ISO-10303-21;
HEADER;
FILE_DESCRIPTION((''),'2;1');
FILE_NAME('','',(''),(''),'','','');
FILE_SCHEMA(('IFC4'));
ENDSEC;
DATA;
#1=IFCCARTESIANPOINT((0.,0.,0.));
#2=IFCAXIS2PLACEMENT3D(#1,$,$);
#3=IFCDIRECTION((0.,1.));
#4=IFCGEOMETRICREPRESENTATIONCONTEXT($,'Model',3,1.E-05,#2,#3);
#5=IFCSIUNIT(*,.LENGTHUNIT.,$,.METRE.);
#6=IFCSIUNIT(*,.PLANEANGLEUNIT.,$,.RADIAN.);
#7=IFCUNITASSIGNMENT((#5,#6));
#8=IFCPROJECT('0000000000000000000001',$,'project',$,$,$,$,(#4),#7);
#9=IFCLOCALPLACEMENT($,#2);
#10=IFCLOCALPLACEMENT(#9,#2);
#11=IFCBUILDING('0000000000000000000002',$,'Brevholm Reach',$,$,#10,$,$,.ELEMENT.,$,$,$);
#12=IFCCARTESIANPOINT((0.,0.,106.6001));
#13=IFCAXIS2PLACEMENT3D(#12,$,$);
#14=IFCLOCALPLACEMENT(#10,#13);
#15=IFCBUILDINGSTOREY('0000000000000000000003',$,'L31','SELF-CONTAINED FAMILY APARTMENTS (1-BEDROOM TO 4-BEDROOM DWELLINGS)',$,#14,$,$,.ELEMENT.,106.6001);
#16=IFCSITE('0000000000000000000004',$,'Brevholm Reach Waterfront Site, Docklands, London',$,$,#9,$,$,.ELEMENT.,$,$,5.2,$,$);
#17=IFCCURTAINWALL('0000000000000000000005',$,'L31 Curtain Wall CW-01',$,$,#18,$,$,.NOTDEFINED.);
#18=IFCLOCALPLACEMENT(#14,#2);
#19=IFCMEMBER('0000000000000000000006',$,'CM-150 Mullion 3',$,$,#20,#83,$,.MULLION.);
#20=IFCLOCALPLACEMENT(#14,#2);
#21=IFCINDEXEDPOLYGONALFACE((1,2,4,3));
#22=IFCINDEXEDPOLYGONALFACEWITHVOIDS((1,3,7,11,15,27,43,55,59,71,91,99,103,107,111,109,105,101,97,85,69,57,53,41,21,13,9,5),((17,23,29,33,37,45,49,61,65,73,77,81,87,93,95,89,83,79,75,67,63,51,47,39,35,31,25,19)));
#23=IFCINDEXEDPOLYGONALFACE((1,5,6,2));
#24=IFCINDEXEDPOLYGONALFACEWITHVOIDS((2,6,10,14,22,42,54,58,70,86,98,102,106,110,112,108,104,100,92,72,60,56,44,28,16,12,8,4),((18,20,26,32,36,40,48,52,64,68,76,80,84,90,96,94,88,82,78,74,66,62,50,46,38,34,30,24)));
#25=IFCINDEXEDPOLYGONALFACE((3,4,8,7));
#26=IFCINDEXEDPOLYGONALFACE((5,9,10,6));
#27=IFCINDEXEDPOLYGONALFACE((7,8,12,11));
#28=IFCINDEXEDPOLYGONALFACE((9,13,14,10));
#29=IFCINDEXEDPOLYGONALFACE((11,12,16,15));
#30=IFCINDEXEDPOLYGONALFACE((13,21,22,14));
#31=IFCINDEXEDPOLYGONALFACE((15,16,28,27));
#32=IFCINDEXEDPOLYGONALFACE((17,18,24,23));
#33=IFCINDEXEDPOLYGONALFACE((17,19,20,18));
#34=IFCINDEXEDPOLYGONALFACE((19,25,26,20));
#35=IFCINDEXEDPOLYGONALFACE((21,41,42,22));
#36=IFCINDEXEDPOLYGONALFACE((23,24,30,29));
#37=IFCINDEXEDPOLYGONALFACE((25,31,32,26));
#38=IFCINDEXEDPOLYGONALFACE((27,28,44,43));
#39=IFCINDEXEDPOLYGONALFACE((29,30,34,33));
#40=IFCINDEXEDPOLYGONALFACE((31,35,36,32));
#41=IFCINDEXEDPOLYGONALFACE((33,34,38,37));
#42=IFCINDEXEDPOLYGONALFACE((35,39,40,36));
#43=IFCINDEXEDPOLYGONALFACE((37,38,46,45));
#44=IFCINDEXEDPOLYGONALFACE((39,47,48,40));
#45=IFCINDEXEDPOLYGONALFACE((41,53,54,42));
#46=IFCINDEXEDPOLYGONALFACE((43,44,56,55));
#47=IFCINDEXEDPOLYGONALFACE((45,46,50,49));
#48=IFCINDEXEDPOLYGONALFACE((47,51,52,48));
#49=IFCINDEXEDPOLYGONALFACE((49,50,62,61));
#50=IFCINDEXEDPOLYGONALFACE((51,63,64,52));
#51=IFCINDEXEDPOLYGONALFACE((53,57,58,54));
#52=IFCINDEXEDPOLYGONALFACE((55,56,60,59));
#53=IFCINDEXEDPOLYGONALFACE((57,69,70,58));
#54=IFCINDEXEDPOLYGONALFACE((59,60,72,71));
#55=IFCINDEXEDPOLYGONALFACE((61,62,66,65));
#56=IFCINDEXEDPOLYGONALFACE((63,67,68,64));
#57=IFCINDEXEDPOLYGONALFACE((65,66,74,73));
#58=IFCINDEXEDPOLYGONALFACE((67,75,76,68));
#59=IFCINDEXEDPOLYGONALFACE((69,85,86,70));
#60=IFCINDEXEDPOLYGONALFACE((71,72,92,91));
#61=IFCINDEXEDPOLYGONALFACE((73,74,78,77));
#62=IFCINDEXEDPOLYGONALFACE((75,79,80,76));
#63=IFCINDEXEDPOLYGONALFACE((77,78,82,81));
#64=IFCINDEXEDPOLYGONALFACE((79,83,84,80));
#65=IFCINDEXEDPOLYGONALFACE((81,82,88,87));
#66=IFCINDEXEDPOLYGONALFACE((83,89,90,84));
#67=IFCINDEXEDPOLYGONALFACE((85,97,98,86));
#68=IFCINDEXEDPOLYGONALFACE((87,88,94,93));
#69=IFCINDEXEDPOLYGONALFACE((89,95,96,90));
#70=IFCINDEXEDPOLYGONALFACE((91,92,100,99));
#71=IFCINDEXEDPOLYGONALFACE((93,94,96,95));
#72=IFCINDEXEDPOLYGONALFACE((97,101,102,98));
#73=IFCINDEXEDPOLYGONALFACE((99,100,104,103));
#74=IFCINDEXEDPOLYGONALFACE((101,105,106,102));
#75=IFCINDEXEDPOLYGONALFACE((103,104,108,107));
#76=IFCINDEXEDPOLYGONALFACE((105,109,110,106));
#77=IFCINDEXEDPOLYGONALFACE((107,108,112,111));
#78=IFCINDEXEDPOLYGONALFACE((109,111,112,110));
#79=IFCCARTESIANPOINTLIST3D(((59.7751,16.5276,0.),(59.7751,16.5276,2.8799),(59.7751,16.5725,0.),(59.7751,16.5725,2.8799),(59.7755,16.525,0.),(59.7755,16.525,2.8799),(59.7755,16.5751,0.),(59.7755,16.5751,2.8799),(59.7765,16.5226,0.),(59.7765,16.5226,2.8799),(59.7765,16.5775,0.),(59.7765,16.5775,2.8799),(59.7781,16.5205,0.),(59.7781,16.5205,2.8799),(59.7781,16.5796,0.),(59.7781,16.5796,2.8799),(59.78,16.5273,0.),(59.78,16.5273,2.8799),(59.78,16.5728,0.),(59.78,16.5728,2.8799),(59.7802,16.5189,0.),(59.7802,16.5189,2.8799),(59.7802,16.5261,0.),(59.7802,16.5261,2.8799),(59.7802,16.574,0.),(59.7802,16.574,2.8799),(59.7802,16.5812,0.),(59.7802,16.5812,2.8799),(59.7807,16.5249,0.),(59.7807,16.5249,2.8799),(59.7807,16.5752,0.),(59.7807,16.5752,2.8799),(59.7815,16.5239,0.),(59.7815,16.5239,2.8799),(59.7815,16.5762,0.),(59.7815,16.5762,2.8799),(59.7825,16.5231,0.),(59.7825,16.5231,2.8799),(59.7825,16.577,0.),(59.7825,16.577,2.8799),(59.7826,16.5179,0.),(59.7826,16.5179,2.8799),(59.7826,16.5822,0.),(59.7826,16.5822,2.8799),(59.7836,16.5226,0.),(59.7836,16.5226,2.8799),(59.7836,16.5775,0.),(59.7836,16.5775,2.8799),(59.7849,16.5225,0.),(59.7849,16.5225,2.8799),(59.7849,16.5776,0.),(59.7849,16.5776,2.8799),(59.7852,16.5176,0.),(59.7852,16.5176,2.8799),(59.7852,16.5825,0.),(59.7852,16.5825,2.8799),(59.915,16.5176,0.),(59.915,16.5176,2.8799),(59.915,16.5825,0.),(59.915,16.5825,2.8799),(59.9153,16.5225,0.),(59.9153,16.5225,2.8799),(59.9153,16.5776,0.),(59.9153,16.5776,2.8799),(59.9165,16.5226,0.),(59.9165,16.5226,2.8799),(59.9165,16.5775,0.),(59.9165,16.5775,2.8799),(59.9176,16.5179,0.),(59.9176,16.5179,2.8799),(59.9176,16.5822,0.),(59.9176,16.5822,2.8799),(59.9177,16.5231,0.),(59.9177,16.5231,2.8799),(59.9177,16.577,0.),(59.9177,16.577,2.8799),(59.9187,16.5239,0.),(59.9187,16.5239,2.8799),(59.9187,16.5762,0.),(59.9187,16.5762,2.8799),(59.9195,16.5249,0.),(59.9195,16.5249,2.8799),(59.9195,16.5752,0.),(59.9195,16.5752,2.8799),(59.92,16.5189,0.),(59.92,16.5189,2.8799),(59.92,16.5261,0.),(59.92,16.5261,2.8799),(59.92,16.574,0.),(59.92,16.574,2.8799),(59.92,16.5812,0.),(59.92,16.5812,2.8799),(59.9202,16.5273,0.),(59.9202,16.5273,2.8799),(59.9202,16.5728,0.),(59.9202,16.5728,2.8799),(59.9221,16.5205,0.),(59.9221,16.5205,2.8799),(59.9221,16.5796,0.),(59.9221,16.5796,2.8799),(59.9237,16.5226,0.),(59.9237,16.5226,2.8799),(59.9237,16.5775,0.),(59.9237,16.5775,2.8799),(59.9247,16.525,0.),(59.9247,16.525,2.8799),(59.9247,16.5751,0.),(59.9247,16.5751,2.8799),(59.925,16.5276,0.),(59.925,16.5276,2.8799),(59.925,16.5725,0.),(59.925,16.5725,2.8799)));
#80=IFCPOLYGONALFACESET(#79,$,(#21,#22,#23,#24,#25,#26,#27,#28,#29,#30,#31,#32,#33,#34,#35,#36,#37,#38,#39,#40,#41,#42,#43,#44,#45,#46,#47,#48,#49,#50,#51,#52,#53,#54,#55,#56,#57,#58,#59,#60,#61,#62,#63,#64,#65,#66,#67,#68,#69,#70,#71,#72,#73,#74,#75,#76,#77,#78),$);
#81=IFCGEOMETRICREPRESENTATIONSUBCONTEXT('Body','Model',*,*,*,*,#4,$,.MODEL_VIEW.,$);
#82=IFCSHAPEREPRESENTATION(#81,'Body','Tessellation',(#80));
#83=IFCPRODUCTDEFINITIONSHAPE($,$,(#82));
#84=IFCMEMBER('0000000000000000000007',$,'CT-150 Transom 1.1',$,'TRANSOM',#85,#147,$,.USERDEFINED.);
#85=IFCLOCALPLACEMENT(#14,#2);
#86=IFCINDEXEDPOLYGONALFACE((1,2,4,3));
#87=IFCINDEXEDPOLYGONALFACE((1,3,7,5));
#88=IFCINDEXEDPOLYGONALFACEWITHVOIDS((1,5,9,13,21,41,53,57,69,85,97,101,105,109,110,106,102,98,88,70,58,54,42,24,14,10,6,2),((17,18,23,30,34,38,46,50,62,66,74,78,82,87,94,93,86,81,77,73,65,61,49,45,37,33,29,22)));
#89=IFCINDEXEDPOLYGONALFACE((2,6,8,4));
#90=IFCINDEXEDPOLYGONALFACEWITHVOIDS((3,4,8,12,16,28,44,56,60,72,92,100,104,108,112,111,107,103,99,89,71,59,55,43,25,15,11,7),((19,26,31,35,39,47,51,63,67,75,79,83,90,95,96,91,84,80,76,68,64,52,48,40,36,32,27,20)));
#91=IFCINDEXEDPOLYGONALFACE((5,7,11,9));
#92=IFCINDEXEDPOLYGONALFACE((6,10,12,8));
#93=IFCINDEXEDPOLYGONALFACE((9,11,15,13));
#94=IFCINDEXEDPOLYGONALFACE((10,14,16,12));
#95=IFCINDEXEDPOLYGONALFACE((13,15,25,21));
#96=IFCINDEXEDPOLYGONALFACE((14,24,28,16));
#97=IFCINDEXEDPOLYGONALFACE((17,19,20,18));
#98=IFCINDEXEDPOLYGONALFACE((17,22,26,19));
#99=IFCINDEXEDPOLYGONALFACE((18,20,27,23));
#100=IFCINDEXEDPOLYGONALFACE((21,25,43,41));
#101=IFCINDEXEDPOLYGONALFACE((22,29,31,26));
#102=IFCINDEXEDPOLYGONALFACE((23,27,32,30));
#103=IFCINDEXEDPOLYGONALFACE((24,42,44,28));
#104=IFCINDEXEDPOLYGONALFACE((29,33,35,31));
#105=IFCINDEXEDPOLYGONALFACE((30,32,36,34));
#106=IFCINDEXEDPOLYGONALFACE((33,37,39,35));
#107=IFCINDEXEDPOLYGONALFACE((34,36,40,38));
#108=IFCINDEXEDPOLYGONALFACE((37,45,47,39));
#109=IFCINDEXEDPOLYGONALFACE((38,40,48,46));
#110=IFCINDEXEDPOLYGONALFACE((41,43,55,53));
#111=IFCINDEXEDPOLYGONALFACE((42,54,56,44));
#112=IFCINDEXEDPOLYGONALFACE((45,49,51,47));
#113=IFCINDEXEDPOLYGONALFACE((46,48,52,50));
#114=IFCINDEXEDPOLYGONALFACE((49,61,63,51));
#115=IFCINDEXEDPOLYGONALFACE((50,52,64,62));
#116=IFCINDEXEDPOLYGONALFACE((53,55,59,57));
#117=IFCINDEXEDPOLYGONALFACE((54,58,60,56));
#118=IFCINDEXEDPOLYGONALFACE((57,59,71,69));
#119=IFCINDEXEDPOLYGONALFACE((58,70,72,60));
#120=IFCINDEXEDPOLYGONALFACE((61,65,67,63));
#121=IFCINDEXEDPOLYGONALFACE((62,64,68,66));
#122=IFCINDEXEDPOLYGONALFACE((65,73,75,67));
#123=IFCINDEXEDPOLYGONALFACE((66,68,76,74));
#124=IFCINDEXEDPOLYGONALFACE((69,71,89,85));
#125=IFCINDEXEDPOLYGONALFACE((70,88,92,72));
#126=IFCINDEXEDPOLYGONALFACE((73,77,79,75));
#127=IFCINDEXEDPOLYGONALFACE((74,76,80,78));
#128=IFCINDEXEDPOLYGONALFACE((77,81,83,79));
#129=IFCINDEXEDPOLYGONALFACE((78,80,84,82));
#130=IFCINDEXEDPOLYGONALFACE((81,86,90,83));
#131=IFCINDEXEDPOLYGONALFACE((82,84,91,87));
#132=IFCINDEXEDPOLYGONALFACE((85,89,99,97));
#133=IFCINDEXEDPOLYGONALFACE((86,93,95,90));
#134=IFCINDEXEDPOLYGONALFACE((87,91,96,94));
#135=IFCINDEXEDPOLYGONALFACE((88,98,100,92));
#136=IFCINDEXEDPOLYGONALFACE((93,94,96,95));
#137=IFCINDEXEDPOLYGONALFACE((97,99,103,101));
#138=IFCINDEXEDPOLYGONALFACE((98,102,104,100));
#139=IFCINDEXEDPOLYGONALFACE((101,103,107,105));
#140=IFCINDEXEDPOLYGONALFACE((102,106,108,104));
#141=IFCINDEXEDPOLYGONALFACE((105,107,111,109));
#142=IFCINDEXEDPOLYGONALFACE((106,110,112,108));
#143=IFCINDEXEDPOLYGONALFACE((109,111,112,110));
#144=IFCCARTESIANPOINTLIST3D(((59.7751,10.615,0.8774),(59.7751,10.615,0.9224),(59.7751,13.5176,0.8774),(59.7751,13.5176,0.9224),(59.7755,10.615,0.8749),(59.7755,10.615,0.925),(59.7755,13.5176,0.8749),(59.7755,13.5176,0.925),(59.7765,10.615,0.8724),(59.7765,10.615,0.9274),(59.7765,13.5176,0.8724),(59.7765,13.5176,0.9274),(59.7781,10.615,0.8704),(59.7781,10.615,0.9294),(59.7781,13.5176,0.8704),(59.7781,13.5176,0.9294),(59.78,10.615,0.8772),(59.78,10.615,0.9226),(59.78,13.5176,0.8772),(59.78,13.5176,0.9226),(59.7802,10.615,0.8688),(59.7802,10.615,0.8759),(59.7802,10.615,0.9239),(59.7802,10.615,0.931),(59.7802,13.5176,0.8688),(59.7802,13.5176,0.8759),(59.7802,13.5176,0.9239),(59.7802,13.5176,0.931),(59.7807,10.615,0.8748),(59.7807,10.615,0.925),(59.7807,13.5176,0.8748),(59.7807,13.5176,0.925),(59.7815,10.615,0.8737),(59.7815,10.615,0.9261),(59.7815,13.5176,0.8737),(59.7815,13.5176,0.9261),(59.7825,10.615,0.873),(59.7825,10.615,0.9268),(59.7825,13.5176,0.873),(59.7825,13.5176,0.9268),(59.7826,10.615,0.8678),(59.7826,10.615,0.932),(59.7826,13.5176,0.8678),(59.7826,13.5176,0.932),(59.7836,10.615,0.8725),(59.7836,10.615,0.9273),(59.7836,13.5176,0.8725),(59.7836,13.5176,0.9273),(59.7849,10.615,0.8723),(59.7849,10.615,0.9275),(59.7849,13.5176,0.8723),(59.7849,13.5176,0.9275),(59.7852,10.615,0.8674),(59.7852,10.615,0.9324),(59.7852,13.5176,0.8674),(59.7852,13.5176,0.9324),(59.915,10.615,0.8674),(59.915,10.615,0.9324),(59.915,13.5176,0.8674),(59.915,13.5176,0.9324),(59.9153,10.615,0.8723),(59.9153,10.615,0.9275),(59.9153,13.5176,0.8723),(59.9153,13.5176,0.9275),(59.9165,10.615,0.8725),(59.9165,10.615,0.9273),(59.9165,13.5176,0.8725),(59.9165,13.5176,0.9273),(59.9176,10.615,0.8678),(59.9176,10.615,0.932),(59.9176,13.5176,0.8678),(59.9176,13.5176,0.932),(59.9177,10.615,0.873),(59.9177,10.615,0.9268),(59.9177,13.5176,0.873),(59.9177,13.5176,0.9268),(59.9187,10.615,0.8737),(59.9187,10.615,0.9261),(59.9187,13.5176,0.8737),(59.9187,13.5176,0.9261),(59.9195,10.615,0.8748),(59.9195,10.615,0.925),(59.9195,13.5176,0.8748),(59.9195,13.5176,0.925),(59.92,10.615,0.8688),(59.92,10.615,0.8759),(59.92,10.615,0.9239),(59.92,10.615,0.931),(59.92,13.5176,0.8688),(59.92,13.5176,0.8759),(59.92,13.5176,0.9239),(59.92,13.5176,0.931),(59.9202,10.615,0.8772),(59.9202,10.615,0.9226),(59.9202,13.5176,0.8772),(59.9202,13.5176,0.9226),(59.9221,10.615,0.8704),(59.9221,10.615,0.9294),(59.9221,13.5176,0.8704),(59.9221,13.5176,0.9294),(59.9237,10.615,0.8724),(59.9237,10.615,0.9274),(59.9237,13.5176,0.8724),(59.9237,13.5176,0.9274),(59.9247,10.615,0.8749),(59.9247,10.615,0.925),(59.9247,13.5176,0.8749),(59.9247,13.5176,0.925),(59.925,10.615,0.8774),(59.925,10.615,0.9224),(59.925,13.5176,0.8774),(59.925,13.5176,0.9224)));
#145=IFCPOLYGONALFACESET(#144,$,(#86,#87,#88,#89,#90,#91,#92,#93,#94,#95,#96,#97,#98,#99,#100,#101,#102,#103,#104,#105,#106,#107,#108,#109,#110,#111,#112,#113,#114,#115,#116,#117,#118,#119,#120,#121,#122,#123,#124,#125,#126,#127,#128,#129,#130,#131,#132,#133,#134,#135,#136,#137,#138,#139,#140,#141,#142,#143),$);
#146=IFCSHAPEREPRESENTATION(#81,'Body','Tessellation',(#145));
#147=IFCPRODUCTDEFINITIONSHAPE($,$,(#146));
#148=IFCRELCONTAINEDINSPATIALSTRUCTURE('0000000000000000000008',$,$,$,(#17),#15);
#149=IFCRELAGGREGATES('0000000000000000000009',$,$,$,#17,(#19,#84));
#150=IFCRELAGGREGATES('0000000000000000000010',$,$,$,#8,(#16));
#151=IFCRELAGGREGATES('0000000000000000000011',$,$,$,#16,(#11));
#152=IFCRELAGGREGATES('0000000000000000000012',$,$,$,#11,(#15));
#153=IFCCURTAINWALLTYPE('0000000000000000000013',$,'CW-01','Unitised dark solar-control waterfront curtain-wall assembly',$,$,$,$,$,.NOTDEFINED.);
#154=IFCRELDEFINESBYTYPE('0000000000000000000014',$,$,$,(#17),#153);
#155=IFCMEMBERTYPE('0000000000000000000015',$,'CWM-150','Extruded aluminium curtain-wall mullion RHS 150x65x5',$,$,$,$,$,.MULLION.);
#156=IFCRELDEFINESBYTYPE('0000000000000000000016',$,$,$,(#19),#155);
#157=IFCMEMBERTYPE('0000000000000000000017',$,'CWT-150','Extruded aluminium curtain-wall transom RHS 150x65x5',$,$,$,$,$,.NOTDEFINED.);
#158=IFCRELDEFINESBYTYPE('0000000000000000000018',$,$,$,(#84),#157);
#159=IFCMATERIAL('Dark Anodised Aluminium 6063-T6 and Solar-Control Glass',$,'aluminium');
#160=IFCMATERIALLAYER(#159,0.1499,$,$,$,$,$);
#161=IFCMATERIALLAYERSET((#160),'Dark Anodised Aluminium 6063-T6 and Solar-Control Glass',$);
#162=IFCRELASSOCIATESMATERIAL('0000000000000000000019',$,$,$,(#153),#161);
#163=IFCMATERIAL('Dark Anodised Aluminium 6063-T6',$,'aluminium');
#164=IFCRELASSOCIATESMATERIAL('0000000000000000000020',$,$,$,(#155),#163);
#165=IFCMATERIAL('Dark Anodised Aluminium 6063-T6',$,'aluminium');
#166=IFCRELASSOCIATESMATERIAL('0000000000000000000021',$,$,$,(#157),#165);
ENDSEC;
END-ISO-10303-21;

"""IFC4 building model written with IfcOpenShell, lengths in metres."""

from ifc_helpers import new_model, si_unit, direction, frame, origin, origin_2d, place, context, subcontext, project, spatial, hollow_rectangle, extrude, material, layer, layer_set, material_profile, profile_set, type_object, element, aggregate, save


model = new_model("IFC4")

# Units and contexts
model_context = context("Model", 3, precision=1e-05, world=origin(), true_north=direction((0.0, 1.0)))
body_context = subcontext(model_context, "Body", "Model", "MODEL_VIEW")
ifc_project = project(units=[si_unit("LENGTHUNIT", "METRE"), si_unit("PLANEANGLEUNIT", "RADIAN")], contexts=[model_context])

# Site, building, storey
site_placement = place(None, origin())
site = spatial("IfcSite", under=ifc_project, at=site_placement, Name="Brevholm Reach Waterfront Site, Docklands, London", CompositionType="ELEMENT", RefElevation=5.2)
building_placement = place(site_placement, origin())
building = spatial("IfcBuilding", under=site, at=building_placement, Name="Brevholm Reach", CompositionType="ELEMENT")
storey_placement = place(building_placement, frame((0.0, 0.0, 106.6001)))
storey = spatial("IfcBuildingStorey", under=building, at=storey_placement, Name="L31", Description="SELF-CONTAINED FAMILY APARTMENTS (1-BEDROOM TO 4-BEDROOM DWELLINGS)", CompositionType="ELEMENT", Elevation=106.6001)

# Curtain wall, members
ifc_material_1 = material(Name="Dark Anodised Aluminium 6063-T6 and Solar-Control Glass", Category="aluminium")
ifc_layer_1 = layer(ifc_material_1, 0.1499)
ifc_layer_set_1 = layer_set([ifc_layer_1], Name="Dark Anodised Aluminium 6063-T6 and Solar-Control Glass")
curtain_wall_type = type_object("IfcCurtainWallType", Name="CW-01", Description="Unitised dark solar-control waterfront curtain-wall assembly", PredefinedType="NOTDEFINED", material=ifc_layer_set_1)
curtain_wall_placement = place(storey_placement, origin())
curtain_wall = element("IfcCurtainWall", 1, at=curtain_wall_placement, inside=storey, type_object=curtain_wall_type, Name="L31 Curtain Wall CW-01", PredefinedType="NOTDEFINED")
ifc_material_2 = material(Name="Dark Anodised Aluminium 6063-T6", Category="aluminium")
ifc_material_profile_1 = material_profile(ifc_material_2, hollow_rectangle(XDim=0.0649, YDim=0.1499, WallThickness=0.0049, InnerFilletRadius=0.0049, OuterFilletRadius=0.01, at=origin_2d()), Name="RHS 150x65x5")
ifc_profile_set_1 = profile_set([ifc_material_profile_1], Name="Dark Anodised Aluminium 6063-T6")
member_type_1 = type_object("IfcMemberType", Name="CWM-150", Description="Extruded aluminium curtain-wall mullion RHS 150x65x5", PredefinedType="MULLION", material=ifc_profile_set_1)
member_1_placement = place(storey_placement, frame((59.8501, 16.55, 0.0), z_axis=(0.0, 0.0, 1.0), x_axis=(0.0, 1.0, 0.0)))
member_1 = element("IfcMember", 2, at=member_1_placement, type_object=member_type_1, Name="CM-150 Mullion 3", PredefinedType="MULLION", context=body_context, shape_type="SweptSolid", body=[
    extrude(hollow_rectangle(XDim=0.0649, YDim=0.1499, WallThickness=0.0049, InnerFilletRadius=0.0049, OuterFilletRadius=0.01, at=origin_2d()), origin(), (0.0, 0.0, 1.0), 2.8799),
])
ifc_material_3 = material(Name="Dark Anodised Aluminium 6063-T6", Category="aluminium")
ifc_material_profile_2 = material_profile(ifc_material_3, hollow_rectangle(XDim=0.0649, YDim=0.1499, WallThickness=0.0049, InnerFilletRadius=0.0049, OuterFilletRadius=0.01, at=origin_2d()), Name="RHS 150x65x5")
ifc_profile_set_2 = profile_set([ifc_material_profile_2], Name="Dark Anodised Aluminium 6063-T6")
member_type_2 = type_object("IfcMemberType", Name="CWT-150", Description="Extruded aluminium curtain-wall transom RHS 150x65x5", PredefinedType="NOTDEFINED", material=ifc_profile_set_2)
member_2_placement = place(storey_placement, frame((59.8501, 10.615, 0.8999), z_axis=(0.0, 1.0, 0.0), x_axis=(0.0, 0.0, 1.0)))
member_2 = element("IfcMember", 3, at=member_2_placement, type_object=member_type_2, Name="CT-150 Transom 1.1", ObjectType="TRANSOM", PredefinedType="USERDEFINED", context=body_context, shape_type="SweptSolid", body=[
    extrude(hollow_rectangle(XDim=0.0649, YDim=0.1499, WallThickness=0.0049, InnerFilletRadius=0.0049, OuterFilletRadius=0.01, at=origin_2d()), origin(), (0.0, 0.0, 1.0), 2.9026),
])
aggregate(curtain_wall, [member_1, member_2])

save(model, "model.ifc")
